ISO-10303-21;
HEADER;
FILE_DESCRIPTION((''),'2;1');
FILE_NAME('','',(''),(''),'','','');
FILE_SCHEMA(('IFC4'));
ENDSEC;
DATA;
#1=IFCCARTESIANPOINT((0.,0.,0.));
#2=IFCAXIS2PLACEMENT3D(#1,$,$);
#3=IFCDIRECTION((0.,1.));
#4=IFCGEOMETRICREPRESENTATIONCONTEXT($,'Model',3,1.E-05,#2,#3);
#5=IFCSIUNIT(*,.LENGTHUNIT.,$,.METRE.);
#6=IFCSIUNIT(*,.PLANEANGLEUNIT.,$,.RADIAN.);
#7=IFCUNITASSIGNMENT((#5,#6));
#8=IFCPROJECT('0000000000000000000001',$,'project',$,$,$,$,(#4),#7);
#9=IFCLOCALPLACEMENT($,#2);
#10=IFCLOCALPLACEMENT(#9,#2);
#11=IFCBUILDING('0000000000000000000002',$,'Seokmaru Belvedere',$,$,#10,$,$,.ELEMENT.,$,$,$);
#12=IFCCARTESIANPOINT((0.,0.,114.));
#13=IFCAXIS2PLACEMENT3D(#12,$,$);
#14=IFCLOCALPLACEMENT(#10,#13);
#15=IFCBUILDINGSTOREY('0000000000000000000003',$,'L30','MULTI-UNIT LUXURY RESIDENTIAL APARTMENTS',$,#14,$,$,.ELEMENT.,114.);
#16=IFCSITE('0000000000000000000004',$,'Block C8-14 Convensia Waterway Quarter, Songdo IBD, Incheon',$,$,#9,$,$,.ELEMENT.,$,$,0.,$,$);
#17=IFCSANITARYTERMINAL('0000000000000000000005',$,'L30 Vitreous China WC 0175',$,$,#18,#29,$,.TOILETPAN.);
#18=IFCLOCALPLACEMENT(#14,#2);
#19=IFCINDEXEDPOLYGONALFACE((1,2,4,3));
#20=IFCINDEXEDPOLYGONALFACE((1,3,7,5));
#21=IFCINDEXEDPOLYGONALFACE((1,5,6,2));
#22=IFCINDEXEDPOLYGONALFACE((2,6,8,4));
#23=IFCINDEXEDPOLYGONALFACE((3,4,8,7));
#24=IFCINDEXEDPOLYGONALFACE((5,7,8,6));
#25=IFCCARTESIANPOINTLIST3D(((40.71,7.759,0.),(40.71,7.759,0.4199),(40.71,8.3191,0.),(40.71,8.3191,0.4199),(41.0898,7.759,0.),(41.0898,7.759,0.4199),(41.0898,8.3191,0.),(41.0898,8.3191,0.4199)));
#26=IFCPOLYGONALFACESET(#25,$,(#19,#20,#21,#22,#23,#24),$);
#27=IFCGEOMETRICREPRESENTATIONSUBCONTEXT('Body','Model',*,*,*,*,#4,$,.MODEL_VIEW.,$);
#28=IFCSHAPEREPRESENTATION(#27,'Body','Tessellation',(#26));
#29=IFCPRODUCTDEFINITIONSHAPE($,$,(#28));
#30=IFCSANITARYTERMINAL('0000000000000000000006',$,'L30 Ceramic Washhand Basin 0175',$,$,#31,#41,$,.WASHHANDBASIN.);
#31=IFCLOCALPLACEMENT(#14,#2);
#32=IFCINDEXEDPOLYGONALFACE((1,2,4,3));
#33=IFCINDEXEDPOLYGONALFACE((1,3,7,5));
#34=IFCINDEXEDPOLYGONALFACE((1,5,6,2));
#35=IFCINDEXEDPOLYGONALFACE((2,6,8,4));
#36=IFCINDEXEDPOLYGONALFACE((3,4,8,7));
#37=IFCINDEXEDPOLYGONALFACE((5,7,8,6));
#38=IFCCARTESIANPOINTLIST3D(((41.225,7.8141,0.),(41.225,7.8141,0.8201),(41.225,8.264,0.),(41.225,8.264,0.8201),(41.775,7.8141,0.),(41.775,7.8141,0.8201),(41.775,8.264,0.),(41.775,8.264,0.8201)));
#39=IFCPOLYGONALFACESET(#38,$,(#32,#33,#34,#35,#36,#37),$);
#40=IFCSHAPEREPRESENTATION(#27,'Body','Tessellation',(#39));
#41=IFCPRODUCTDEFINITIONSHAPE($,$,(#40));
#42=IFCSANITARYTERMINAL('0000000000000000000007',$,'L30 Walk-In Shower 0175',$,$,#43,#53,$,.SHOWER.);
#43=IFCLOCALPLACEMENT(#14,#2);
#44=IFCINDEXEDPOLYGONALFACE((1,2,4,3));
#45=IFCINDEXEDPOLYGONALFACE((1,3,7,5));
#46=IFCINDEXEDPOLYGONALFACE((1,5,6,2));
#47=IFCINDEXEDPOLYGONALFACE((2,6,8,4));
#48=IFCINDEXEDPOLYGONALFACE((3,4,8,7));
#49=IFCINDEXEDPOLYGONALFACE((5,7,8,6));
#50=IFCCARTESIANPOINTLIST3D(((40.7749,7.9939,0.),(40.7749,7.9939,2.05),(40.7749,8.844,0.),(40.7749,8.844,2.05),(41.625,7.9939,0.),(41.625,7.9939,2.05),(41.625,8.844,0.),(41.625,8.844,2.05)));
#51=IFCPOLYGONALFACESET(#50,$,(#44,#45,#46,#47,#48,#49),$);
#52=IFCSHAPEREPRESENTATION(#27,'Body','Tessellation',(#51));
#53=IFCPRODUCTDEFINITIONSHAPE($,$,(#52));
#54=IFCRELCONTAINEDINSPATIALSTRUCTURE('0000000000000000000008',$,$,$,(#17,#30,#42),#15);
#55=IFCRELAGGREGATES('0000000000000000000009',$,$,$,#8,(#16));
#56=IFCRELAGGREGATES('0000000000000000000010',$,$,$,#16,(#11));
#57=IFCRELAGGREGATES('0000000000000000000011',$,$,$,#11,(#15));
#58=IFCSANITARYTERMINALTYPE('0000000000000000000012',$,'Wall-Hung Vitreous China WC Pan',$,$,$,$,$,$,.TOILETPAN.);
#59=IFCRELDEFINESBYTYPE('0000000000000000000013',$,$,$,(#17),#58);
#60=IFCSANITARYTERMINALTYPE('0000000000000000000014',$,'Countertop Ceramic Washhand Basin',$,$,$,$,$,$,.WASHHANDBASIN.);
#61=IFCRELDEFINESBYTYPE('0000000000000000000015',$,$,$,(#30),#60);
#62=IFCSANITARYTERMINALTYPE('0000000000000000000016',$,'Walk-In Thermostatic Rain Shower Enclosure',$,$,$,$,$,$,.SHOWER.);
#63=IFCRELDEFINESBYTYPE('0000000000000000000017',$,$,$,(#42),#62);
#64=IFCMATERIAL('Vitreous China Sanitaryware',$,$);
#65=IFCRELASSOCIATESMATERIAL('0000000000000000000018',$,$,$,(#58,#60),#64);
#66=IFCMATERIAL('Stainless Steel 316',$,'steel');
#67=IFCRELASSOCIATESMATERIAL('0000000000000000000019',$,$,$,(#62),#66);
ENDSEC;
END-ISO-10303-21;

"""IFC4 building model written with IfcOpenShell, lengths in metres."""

from ifc_helpers import new_model, si_unit, direction, frame, origin, origin_2d, place, context, subcontext, project, spatial, rectangle, extrude, source, transform, mapped, material, type_object, type_shapes, element, save


model = new_model("IFC4")

# Units and contexts
model_context = context("Model", 3, precision=1e-05, world=origin(), true_north=direction((0.0, 1.0)))
body_context = subcontext(model_context, "Body", "Model", "MODEL_VIEW")
ifc_project = project(units=[si_unit("LENGTHUNIT", "METRE"), si_unit("PLANEANGLEUNIT", "RADIAN")], contexts=[model_context])

# Site, building, storey
site_placement = place(None, origin())
site = spatial("IfcSite", under=ifc_project, at=site_placement, Name="Block C8-14 Convensia Waterway Quarter, Songdo IBD, Incheon", CompositionType="ELEMENT", RefElevation=0.0)
building_placement = place(site_placement, origin())
building = spatial("IfcBuilding", under=site, at=building_placement, Name="Seokmaru Belvedere", CompositionType="ELEMENT")
storey_placement = place(building_placement, frame((0.0, 0.0, 114.0)))
storey = spatial("IfcBuildingStorey", under=building, at=storey_placement, Name="L30", Description="MULTI-UNIT LUXURY RESIDENTIAL APARTMENTS", CompositionType="ELEMENT", Elevation=114.0)

# Sanitary terminals
ifc_material_1 = material(Name="Vitreous China Sanitaryware")
sanitary_terminal_type_1 = type_object("IfcSanitaryTerminalType", Name="Wall-Hung Vitreous China WC Pan", PredefinedType="TOILETPAN", material=ifc_material_1)
shared_shape_1 = source(origin(), body_context, "Body", "SweptSolid", [
    extrude(rectangle(XDim=0.3799, YDim=0.5601, at=origin_2d()), origin(), (0.0, 0.0, 1.0), 0.4199),
])
type_shapes(sanitary_terminal_type_1, [shared_shape_1])
sanitary_terminal_1_placement = place(storey_placement, frame((40.8999, 8.0391, 0.0), z_axis=(0.0, 0.0, 1.0), x_axis=(1.0, 0.0, 0.0)))
element("IfcSanitaryTerminal", 1, at=sanitary_terminal_1_placement, inside=storey, type_object=sanitary_terminal_type_1, Name="L30 Vitreous China WC 0175", PredefinedType="TOILETPAN", context=body_context, shape_type="MappedRepresentation", body=[
    mapped(shared_shape_1, transform((0.0, 0.0, 0.0), scale=1.0)),
])
sanitary_terminal_type_2 = type_object("IfcSanitaryTerminalType", Name="Countertop Ceramic Washhand Basin", PredefinedType="WASHHANDBASIN", material=ifc_material_1)
shared_shape_2 = source(origin(), body_context, "Body", "SweptSolid", [
    extrude(rectangle(XDim=0.55, YDim=0.45, at=origin_2d()), origin(), (0.0, 0.0, 1.0), 0.8201),
])
type_shapes(sanitary_terminal_type_2, [shared_shape_2])
sanitary_terminal_2_placement = place(storey_placement, frame((41.5, 8.0391, 0.0), z_axis=(0.0, 0.0, 1.0), x_axis=(1.0, 0.0, 0.0)))
element("IfcSanitaryTerminal", 2, at=sanitary_terminal_2_placement, inside=storey, type_object=sanitary_terminal_type_2, Name="L30 Ceramic Washhand Basin 0175", PredefinedType="WASHHANDBASIN", context=body_context, shape_type="MappedRepresentation", body=[
    mapped(shared_shape_2, transform((0.0, 0.0, 0.0), scale=1.0)),
])
ifc_material_2 = material(Name="Stainless Steel 316", Category="steel")
sanitary_terminal_type_3 = type_object("IfcSanitaryTerminalType", Name="Walk-In Thermostatic Rain Shower Enclosure", PredefinedType="SHOWER", material=ifc_material_2)
shared_shape_3 = source(origin(), body_context, "Body", "SweptSolid", [
    extrude(rectangle(XDim=0.8501, YDim=0.8501, at=origin_2d()), origin(), (0.0, 0.0, 1.0), 2.05),
])
type_shapes(sanitary_terminal_type_3, [shared_shape_3])
sanitary_terminal_3_placement = place(storey_placement, frame((41.2, 8.4189, 0.0), z_axis=(0.0, 0.0, 1.0), x_axis=(1.0, 0.0, 0.0)))
element("IfcSanitaryTerminal", 3, at=sanitary_terminal_3_placement, inside=storey, type_object=sanitary_terminal_type_3, Name="L30 Walk-In Shower 0175", PredefinedType="SHOWER", context=body_context, shape_type="MappedRepresentation", body=[
    mapped(shared_shape_3, transform((0.0, 0.0, 0.0), scale=1.0)),
])

save(model, "model.ifc")
